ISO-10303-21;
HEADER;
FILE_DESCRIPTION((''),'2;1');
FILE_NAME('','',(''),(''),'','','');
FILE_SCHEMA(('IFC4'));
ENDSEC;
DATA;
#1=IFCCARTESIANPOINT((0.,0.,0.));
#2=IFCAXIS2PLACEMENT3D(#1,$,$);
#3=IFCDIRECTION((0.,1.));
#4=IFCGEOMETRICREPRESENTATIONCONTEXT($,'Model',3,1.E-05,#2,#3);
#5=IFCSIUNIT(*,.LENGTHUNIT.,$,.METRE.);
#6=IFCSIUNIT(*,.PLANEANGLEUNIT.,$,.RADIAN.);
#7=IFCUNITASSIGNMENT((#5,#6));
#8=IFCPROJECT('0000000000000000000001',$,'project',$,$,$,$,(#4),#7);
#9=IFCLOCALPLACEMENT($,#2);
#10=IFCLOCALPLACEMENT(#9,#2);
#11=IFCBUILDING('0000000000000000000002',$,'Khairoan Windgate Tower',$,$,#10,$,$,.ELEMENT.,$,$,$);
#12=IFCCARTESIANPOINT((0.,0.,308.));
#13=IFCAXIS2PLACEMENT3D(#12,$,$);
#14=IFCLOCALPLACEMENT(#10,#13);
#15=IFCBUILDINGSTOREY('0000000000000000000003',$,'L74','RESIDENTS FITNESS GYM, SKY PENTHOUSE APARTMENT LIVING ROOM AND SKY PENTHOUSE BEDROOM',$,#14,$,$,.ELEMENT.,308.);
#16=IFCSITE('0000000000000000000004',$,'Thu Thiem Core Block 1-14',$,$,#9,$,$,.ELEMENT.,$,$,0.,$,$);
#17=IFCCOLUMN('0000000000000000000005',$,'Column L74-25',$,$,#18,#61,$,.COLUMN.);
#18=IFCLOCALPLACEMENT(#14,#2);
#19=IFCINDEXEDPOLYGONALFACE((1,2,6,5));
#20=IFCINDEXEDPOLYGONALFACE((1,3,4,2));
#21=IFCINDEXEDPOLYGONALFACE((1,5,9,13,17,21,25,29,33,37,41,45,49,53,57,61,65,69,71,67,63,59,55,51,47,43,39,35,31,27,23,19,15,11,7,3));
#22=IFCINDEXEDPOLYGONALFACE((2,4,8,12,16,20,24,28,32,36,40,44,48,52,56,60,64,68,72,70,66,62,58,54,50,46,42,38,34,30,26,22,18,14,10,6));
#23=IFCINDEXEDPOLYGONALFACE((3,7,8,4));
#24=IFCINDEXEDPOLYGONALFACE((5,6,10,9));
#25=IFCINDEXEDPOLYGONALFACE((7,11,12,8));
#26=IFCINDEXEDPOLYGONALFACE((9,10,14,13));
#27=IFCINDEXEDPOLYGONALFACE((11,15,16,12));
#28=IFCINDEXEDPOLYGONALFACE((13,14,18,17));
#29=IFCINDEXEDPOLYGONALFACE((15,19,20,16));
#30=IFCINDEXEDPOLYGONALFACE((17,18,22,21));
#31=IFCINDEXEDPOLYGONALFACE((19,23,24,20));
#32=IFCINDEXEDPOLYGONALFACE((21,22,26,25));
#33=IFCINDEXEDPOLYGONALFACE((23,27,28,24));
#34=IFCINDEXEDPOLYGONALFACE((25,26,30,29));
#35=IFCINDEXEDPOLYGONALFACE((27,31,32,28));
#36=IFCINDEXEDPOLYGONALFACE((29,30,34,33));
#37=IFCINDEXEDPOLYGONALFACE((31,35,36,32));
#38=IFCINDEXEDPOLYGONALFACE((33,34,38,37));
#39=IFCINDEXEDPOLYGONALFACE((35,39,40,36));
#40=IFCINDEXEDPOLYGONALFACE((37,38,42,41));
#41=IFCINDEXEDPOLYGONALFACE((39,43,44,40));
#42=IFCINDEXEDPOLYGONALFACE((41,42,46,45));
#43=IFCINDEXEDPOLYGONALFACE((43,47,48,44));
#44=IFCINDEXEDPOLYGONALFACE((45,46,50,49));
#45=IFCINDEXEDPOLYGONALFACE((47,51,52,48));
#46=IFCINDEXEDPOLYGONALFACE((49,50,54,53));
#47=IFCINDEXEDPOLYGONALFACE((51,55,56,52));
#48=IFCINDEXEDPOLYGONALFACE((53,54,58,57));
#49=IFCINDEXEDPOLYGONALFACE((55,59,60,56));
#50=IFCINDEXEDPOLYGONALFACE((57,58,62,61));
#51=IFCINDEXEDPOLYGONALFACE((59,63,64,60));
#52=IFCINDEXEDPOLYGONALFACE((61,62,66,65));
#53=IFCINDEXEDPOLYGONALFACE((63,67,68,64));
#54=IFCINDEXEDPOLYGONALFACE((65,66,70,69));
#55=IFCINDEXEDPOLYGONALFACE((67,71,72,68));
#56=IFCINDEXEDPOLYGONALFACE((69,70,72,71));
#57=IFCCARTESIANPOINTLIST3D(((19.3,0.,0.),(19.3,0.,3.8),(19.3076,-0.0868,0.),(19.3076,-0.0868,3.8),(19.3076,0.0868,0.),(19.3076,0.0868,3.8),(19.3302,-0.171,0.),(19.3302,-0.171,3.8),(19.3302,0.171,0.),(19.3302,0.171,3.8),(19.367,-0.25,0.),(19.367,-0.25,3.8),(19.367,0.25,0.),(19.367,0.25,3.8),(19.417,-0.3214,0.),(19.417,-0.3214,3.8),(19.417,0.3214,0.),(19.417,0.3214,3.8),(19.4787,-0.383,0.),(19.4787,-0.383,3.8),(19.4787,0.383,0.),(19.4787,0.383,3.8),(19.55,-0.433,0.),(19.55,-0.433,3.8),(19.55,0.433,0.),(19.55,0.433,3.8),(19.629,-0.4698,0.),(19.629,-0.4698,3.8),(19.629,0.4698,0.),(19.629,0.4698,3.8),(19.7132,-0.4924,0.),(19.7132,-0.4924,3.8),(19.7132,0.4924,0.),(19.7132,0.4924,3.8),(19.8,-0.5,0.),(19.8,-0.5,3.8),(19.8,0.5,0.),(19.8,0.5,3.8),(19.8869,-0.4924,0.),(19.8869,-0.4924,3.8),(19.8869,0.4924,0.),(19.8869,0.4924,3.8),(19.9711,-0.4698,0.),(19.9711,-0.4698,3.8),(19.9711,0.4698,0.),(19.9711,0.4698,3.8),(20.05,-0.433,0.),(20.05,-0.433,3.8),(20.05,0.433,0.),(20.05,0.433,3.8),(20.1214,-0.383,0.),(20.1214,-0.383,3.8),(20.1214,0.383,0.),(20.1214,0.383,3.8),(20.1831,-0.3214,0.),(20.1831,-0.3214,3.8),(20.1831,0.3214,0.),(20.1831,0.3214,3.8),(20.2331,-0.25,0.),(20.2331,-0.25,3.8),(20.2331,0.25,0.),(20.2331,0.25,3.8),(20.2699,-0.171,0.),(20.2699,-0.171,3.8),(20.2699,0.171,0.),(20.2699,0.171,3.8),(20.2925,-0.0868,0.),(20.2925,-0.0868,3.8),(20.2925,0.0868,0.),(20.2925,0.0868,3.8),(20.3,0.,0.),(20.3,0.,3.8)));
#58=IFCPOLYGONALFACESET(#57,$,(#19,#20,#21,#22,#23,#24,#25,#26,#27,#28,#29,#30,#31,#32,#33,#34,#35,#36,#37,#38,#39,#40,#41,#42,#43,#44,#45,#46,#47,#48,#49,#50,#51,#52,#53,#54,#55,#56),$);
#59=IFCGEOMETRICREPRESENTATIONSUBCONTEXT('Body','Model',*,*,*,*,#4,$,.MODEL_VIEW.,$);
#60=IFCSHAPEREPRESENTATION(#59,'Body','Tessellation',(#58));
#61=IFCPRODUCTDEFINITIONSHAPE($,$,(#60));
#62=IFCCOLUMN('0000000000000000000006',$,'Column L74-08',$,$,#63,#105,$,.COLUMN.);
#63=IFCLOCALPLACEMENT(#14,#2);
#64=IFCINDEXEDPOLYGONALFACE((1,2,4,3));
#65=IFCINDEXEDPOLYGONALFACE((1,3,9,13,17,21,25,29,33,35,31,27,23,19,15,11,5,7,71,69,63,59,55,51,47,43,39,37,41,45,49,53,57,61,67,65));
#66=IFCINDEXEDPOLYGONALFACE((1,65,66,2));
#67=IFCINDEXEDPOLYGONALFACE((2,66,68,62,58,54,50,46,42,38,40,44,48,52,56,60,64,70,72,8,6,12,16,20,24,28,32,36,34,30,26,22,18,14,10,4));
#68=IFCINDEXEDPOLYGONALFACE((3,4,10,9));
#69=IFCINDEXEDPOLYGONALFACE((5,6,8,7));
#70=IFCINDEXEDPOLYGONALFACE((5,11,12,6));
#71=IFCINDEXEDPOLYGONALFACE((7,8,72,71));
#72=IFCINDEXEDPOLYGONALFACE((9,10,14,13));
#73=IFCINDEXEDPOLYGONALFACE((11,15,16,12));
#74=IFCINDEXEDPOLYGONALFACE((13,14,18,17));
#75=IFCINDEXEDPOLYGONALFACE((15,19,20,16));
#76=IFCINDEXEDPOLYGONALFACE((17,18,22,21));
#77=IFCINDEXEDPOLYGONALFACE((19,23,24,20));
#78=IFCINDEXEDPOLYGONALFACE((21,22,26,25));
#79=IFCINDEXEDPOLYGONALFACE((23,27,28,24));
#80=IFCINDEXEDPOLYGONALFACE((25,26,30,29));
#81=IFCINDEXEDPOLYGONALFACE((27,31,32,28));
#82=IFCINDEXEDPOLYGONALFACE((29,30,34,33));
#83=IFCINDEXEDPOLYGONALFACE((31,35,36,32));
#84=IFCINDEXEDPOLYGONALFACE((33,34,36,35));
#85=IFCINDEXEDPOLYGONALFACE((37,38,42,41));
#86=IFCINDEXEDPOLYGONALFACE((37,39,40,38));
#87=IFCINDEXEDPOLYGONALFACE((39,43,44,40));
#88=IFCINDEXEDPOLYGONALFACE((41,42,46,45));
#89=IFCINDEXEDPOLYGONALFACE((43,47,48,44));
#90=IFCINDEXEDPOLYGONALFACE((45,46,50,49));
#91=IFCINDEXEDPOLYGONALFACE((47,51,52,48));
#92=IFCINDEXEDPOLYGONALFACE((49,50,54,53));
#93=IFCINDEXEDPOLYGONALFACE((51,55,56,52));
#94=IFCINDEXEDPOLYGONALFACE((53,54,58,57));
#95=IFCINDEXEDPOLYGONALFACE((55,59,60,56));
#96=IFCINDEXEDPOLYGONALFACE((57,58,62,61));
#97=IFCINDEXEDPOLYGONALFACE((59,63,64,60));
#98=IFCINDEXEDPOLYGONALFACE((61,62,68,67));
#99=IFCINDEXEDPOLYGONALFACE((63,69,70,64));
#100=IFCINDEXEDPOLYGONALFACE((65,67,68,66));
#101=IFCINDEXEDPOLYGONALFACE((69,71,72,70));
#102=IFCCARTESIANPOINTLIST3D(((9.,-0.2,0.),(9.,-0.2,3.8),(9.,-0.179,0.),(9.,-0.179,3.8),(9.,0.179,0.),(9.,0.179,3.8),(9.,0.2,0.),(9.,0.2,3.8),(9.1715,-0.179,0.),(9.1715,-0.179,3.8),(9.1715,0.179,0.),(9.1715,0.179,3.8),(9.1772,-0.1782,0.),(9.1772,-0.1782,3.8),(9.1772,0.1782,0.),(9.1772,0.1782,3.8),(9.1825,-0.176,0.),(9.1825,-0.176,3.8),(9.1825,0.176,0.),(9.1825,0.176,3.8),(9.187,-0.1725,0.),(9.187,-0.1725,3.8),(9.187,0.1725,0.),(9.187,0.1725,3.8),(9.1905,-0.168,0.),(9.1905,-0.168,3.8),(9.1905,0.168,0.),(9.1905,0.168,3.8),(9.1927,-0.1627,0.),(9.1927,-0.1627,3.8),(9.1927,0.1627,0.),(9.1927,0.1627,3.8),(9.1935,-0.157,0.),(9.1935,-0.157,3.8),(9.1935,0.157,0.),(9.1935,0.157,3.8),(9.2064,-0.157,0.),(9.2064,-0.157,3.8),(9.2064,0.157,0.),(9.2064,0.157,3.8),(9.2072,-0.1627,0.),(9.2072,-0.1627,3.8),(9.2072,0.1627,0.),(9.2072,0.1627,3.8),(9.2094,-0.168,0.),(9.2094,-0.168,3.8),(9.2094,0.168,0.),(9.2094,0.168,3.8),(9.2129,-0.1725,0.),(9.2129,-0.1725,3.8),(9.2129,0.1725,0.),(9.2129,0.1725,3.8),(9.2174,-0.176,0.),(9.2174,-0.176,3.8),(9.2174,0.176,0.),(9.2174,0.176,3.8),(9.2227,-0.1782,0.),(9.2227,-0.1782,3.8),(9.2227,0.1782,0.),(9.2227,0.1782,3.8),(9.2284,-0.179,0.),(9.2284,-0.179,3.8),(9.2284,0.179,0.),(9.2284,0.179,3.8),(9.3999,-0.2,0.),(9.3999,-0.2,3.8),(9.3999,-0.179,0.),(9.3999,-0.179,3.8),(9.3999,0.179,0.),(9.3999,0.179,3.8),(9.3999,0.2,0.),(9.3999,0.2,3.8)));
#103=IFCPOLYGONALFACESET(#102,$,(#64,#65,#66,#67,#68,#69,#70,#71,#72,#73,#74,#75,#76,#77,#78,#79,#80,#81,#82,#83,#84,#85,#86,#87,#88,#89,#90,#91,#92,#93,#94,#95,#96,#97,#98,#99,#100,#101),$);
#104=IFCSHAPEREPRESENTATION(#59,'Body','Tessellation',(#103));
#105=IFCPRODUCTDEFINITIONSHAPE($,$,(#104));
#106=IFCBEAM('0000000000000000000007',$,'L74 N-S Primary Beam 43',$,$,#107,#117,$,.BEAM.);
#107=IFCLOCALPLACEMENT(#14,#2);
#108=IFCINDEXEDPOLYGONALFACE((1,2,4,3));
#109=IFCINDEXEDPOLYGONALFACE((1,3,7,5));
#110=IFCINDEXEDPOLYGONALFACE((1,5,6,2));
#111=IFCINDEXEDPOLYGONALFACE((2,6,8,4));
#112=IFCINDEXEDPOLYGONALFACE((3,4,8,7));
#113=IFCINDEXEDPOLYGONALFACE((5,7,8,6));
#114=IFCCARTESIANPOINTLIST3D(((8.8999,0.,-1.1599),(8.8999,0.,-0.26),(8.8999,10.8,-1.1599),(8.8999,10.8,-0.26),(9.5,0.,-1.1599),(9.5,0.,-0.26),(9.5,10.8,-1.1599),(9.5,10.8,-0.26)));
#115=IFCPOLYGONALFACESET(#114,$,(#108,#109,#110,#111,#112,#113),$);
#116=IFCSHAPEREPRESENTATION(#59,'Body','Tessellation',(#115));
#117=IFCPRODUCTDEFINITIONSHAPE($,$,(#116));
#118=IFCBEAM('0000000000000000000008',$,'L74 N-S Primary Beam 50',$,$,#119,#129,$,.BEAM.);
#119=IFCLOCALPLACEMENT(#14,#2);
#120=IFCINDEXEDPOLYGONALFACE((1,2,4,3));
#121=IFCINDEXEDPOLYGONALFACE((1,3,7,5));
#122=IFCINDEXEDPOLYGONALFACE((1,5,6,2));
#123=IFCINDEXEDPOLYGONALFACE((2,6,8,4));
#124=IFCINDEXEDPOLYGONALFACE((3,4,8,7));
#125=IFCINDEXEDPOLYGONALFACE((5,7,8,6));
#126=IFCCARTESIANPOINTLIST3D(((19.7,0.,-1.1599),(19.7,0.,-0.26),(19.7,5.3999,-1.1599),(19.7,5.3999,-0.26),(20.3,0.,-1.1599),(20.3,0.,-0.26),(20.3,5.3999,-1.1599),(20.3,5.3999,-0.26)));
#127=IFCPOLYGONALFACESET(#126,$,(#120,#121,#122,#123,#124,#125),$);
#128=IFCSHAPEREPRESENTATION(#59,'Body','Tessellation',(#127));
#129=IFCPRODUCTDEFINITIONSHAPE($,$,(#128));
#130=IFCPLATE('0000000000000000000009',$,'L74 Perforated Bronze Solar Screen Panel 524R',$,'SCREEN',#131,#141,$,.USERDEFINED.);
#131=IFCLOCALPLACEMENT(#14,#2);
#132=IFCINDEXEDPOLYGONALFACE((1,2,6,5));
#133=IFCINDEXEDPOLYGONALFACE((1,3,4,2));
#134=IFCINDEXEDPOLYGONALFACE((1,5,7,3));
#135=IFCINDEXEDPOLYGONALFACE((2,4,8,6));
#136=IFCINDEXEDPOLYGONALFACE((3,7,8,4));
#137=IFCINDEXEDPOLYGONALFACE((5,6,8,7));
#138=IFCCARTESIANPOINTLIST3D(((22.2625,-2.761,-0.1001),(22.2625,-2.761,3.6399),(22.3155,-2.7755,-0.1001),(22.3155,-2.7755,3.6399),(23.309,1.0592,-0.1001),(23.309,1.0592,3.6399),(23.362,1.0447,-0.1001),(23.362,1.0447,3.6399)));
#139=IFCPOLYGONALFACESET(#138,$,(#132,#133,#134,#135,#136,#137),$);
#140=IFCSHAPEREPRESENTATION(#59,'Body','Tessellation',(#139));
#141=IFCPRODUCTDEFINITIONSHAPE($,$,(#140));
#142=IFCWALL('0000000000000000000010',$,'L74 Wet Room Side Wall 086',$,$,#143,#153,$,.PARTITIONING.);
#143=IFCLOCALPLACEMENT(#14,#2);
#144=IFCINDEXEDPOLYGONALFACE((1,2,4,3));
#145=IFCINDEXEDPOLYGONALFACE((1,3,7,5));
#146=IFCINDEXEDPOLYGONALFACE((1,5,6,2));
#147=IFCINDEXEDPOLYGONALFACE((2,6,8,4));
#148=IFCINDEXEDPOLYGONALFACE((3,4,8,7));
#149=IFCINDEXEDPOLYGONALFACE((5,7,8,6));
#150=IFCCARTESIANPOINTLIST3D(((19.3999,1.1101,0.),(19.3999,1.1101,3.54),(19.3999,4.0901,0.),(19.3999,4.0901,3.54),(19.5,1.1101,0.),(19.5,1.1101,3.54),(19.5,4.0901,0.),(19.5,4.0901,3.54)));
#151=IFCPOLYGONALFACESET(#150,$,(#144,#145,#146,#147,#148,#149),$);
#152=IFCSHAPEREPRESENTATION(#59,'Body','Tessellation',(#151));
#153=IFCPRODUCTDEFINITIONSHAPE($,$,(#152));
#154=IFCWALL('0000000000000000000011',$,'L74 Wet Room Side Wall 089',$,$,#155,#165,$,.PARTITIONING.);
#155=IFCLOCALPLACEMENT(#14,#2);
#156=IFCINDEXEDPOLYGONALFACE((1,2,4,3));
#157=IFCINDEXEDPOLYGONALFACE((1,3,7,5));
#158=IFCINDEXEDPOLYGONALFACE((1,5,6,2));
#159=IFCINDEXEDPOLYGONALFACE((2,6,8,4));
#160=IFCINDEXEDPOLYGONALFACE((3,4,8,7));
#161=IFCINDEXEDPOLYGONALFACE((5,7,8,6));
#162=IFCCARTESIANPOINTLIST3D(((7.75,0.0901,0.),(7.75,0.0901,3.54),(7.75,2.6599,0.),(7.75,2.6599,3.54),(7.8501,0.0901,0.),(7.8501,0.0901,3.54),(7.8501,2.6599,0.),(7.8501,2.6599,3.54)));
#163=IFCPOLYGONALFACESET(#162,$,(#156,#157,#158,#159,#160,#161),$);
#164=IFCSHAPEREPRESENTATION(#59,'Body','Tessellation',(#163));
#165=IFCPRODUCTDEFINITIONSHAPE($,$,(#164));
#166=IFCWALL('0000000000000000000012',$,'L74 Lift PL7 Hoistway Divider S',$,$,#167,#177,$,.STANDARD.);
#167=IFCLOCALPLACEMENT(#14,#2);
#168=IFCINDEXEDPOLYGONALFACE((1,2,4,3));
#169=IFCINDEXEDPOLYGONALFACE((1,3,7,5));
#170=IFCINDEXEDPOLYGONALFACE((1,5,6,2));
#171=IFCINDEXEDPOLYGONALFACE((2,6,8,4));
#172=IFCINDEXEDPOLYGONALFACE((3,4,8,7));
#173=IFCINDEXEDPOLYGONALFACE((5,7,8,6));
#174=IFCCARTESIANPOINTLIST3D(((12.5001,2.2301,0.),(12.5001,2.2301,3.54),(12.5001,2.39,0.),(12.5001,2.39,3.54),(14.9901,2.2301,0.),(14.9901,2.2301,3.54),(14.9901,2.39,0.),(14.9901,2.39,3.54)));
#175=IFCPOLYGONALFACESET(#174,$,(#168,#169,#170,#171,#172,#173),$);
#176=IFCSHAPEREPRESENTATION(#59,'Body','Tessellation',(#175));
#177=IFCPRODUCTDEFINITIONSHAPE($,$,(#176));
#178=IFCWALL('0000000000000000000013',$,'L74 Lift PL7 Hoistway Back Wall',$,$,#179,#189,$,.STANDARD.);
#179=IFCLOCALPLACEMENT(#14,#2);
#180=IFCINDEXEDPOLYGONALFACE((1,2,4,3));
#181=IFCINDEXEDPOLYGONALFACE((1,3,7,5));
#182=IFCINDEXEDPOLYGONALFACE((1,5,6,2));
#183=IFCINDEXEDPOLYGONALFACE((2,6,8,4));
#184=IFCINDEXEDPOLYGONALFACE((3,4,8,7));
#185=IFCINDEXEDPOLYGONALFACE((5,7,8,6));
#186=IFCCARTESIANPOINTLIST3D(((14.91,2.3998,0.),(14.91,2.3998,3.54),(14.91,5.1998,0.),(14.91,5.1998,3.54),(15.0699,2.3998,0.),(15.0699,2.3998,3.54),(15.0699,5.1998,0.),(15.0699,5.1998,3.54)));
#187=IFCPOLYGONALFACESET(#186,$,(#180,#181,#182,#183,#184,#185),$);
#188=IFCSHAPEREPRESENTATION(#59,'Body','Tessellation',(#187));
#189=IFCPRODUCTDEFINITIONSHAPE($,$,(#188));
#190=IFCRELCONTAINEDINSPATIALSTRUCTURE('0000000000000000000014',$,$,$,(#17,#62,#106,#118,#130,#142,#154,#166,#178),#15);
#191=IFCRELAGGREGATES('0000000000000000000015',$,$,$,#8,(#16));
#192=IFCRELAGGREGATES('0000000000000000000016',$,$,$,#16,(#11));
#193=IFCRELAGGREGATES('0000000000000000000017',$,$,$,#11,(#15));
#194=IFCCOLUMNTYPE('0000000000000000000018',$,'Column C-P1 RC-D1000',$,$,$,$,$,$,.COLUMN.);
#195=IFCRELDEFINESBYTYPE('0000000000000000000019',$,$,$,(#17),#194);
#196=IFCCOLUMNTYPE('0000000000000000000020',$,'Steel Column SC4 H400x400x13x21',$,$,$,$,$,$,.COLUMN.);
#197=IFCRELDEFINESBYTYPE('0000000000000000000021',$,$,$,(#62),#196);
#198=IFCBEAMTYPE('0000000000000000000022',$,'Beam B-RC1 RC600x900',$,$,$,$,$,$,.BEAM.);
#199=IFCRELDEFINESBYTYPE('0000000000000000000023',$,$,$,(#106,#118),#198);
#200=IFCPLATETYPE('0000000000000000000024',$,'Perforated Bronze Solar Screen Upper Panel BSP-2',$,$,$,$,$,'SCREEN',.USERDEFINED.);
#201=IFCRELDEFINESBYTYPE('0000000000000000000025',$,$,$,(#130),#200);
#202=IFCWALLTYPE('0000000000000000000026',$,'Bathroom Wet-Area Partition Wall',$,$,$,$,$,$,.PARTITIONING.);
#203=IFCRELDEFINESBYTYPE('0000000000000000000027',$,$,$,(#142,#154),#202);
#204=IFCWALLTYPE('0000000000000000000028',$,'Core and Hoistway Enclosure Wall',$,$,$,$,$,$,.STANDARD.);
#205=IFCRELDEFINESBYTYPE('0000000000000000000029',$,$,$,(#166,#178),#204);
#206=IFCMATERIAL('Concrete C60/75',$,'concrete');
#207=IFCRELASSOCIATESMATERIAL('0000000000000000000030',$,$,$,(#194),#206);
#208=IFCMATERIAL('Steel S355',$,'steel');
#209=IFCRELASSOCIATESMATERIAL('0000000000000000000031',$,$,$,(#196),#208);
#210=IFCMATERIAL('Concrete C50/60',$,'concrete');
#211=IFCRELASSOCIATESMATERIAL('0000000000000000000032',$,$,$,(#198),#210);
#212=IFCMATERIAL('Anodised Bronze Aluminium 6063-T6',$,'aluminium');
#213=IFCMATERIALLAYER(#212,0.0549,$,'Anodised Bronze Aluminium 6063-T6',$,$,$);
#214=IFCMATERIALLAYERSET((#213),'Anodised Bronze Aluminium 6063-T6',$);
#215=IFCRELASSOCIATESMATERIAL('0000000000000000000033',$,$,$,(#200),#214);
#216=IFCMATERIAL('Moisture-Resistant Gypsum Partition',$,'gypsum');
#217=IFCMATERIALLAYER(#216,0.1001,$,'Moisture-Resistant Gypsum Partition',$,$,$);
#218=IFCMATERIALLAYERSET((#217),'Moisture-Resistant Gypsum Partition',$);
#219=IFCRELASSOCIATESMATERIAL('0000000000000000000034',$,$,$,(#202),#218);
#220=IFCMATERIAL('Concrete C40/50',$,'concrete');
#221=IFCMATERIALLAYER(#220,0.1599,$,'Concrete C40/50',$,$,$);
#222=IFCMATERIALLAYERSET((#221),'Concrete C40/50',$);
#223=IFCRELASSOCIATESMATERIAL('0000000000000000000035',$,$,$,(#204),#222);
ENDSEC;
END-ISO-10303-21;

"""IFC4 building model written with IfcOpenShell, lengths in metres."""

from ifc_helpers import new_model, si_unit, direction, frame, frame_2d, origin, origin_2d, place, context, subcontext, project, spatial, rectangle, circle, i_section, extrude, material, layer, layer_set, material_profile, profile_set, type_object, element, save


model = new_model("IFC4")

# Units and contexts
model_context = context("Model", 3, precision=1e-05, world=origin(), true_north=direction((0.0, 1.0)))
body_context = subcontext(model_context, "Body", "Model", "MODEL_VIEW")
ifc_project = project(units=[si_unit("LENGTHUNIT", "METRE"), si_unit("PLANEANGLEUNIT", "RADIAN")], contexts=[model_context])

# Site, building, storey
site_placement = place(None, origin())
site = spatial("IfcSite", under=ifc_project, at=site_placement, Name="Thu Thiem Core Block 1-14", CompositionType="ELEMENT", RefElevation=0.0)
building_placement = place(site_placement, origin())
building = spatial("IfcBuilding", under=site, at=building_placement, Name="Khairoan Windgate Tower", CompositionType="ELEMENT")
storey_placement = place(building_placement, frame((0.0, 0.0, 308.0)))
storey = spatial("IfcBuildingStorey", under=building, at=storey_placement, Name="L74", Description="RESIDENTS FITNESS GYM, SKY PENTHOUSE APARTMENT LIVING ROOM AND SKY PENTHOUSE BEDROOM", CompositionType="ELEMENT", Elevation=308.0)

# Columns
ifc_material_1 = material(Name="Concrete C60/75", Category="concrete")
ifc_material_profile_1 = material_profile(ifc_material_1, circle(Radius=0.5, at=origin_2d()))
ifc_profile_set_1 = profile_set([ifc_material_profile_1], Name="Concrete C60/75")
column_type_1 = type_object("IfcColumnType", Name="Column C-P1 RC-D1000", PredefinedType="COLUMN", material=ifc_profile_set_1)
column_1_placement = place(storey_placement, frame((19.8, 0.0, 0.0), z_axis=(0.0, 0.0, 1.0), x_axis=(1.0, 0.0, 0.0)))
element("IfcColumn", 1, at=column_1_placement, inside=storey, type_object=column_type_1, Name="Column L74-25", PredefinedType="COLUMN", context=body_context, shape_type="SweptSolid", body=[
    extrude(circle(Radius=0.5, at=origin_2d()), origin(), (0.0, 0.0, 1.0), 3.8),
])
ifc_material_2 = material(Name="Steel S355", Category="steel")
ifc_material_profile_2 = material_profile(ifc_material_2, i_section(OverallWidth=0.3999, OverallDepth=0.3999, WebThickness=0.0129, FlangeThickness=0.021, FilletRadius=0.022, at=origin_2d()))
ifc_profile_set_2 = profile_set([ifc_material_profile_2], Name="Steel S355")
column_type_2 = type_object("IfcColumnType", Name="Steel Column SC4 H400x400x13x21", PredefinedType="COLUMN", material=ifc_profile_set_2)
column_2_placement = place(storey_placement, frame((9.2, 0.0, 0.0), z_axis=(0.0, 0.0, 1.0), x_axis=(1.0, 0.0, 0.0)))
element("IfcColumn", 2, at=column_2_placement, inside=storey, type_object=column_type_2, Name="Column L74-08", PredefinedType="COLUMN", context=body_context, shape_type="SweptSolid", body=[
    extrude(i_section(OverallWidth=0.3999, OverallDepth=0.3999, WebThickness=0.0129, FlangeThickness=0.021, FilletRadius=0.022, at=origin_2d()), origin(), (0.0, 0.0, 1.0), 3.8),
])

# Beams
ifc_material_3 = material(Name="Concrete C50/60", Category="concrete")
ifc_material_profile_3 = material_profile(ifc_material_3, rectangle(XDim=0.6001, YDim=0.8999, at=origin_2d()))
ifc_profile_set_3 = profile_set([ifc_material_profile_3], Name="Concrete C50/60")
beam_type = type_object("IfcBeamType", Name="Beam B-RC1 RC600x900", PredefinedType="BEAM", material=ifc_profile_set_3)
beam_1_placement = place(storey_placement, frame((9.2, 0.0, -0.71), z_axis=(0.0, 1.0, 0.0), x_axis=(-1.0, 0.0, 0.0)))
element("IfcBeam", 3, at=beam_1_placement, inside=storey, type_object=beam_type, Name="L74 N-S Primary Beam 43", PredefinedType="BEAM", context=body_context, shape_type="SweptSolid", body=[
    extrude(rectangle(XDim=0.6001, YDim=0.8999, at=origin_2d()), origin(), (0.0, 0.0, 1.0), 10.8),
])
beam_2_placement = place(storey_placement, frame((20.0, 0.0, -0.71), z_axis=(0.0, 1.0, 0.0), x_axis=(-1.0, 0.0, 0.0)))
element("IfcBeam", 4, at=beam_2_placement, inside=storey, type_object=beam_type, Name="L74 N-S Primary Beam 50", PredefinedType="BEAM", context=body_context, shape_type="SweptSolid", body=[
    extrude(rectangle(XDim=0.6001, YDim=0.8999, at=origin_2d()), origin(), (0.0, 0.0, 1.0), 5.3999),
])

# Plate
ifc_material_4 = material(Name="Anodised Bronze Aluminium 6063-T6", Category="aluminium")
ifc_layer_1 = layer(ifc_material_4, 0.0549, Name="Anodised Bronze Aluminium 6063-T6")
ifc_layer_set_1 = layer_set([ifc_layer_1], Name="Anodised Bronze Aluminium 6063-T6")
plate_type = type_object("IfcPlateType", Name="Perforated Bronze Solar Screen Upper Panel BSP-2", ElementType="SCREEN", PredefinedType="USERDEFINED", material=ifc_layer_set_1)
plate_placement = place(storey_placement, frame((22.8123, -0.8582, -0.1001), z_axis=(0.0, 0.0, 1.0), x_axis=(-0.26421, -0.964465, 0.0)))
element("IfcPlate", 5, at=plate_placement, inside=storey, type_object=plate_type, Name="L74 Perforated Bronze Solar Screen Panel 524R", ObjectType="SCREEN", PredefinedType="USERDEFINED", context=body_context, shape_type="SweptSolid", body=[
    extrude(rectangle(XDim=3.9609, YDim=0.0549, at=origin_2d()), origin(), (0.0, 0.0, 1.0), 3.74),
])

# Walls
ifc_material_5 = material(Name="Moisture-Resistant Gypsum Partition", Category="gypsum")
ifc_layer_2 = layer(ifc_material_5, 0.1001, Name="Moisture-Resistant Gypsum Partition")
ifc_layer_set_2 = layer_set([ifc_layer_2], Name="Moisture-Resistant Gypsum Partition")
wall_type_1 = type_object("IfcWallType", Name="Bathroom Wet-Area Partition Wall", PredefinedType="PARTITIONING", material=ifc_layer_set_2)
wall_1_placement = place(storey_placement, frame((19.45, 4.0901, 0.0), z_axis=(0.0, 0.0, 1.0), x_axis=(0.0, -1.0, 0.0)))
element("IfcWall", 6, at=wall_1_placement, inside=storey, type_object=wall_type_1, Name="L74 Wet Room Side Wall 086", PredefinedType="PARTITIONING", context=body_context, shape_type="SweptSolid", body=[
    extrude(rectangle(XDim=2.98, YDim=0.1001, at=frame_2d((1.49, 0.0))), origin(), (0.0, 0.0, 1.0), 3.54),
])
wall_2_placement = place(storey_placement, frame((7.8, 2.6599, 0.0), z_axis=(0.0, 0.0, 1.0), x_axis=(0.0, -1.0, 0.0)))
element("IfcWall", 7, at=wall_2_placement, inside=storey, type_object=wall_type_1, Name="L74 Wet Room Side Wall 089", PredefinedType="PARTITIONING", context=body_context, shape_type="SweptSolid", body=[
    extrude(rectangle(XDim=2.5698, YDim=0.1001, at=frame_2d((1.2849, 0.0))), origin(), (0.0, 0.0, 1.0), 3.54),
])
ifc_material_6 = material(Name="Concrete C40/50", Category="concrete")
ifc_layer_3 = layer(ifc_material_6, 0.1599, Name="Concrete C40/50")
ifc_layer_set_3 = layer_set([ifc_layer_3], Name="Concrete C40/50")
wall_type_2 = type_object("IfcWallType", Name="Core and Hoistway Enclosure Wall", PredefinedType="STANDARD", material=ifc_layer_set_3)
wall_3_placement = place(storey_placement, frame((12.5, 2.3101, 0.0), z_axis=(0.0, 0.0, 1.0), x_axis=(1.0, 0.0, 0.0)))
element("IfcWall", 8, at=wall_3_placement, inside=storey, type_object=wall_type_2, Name="L74 Lift PL7 Hoistway Divider S", PredefinedType="STANDARD", context=body_context, shape_type="SweptSolid", body=[
    extrude(rectangle(XDim=2.49, YDim=0.1599, at=frame_2d((1.2451, 0.0))), origin(), (0.0, 0.0, 1.0), 3.54),
])
wall_4_placement = place(storey_placement, frame((14.99, 2.3999, 0.0), z_axis=(0.0, 0.0, 1.0), x_axis=(0.0, 1.0, 0.0)))
element("IfcWall", 9, at=wall_4_placement, inside=storey, type_object=wall_type_2, Name="L74 Lift PL7 Hoistway Back Wall", PredefinedType="STANDARD", context=body_context, shape_type="SweptSolid", body=[
    extrude(rectangle(XDim=2.8, YDim=0.1599, at=frame_2d((1.3999, 0.0))), origin(), (0.0, 0.0, 1.0), 3.54),
])

save(model, "model.ifc")
